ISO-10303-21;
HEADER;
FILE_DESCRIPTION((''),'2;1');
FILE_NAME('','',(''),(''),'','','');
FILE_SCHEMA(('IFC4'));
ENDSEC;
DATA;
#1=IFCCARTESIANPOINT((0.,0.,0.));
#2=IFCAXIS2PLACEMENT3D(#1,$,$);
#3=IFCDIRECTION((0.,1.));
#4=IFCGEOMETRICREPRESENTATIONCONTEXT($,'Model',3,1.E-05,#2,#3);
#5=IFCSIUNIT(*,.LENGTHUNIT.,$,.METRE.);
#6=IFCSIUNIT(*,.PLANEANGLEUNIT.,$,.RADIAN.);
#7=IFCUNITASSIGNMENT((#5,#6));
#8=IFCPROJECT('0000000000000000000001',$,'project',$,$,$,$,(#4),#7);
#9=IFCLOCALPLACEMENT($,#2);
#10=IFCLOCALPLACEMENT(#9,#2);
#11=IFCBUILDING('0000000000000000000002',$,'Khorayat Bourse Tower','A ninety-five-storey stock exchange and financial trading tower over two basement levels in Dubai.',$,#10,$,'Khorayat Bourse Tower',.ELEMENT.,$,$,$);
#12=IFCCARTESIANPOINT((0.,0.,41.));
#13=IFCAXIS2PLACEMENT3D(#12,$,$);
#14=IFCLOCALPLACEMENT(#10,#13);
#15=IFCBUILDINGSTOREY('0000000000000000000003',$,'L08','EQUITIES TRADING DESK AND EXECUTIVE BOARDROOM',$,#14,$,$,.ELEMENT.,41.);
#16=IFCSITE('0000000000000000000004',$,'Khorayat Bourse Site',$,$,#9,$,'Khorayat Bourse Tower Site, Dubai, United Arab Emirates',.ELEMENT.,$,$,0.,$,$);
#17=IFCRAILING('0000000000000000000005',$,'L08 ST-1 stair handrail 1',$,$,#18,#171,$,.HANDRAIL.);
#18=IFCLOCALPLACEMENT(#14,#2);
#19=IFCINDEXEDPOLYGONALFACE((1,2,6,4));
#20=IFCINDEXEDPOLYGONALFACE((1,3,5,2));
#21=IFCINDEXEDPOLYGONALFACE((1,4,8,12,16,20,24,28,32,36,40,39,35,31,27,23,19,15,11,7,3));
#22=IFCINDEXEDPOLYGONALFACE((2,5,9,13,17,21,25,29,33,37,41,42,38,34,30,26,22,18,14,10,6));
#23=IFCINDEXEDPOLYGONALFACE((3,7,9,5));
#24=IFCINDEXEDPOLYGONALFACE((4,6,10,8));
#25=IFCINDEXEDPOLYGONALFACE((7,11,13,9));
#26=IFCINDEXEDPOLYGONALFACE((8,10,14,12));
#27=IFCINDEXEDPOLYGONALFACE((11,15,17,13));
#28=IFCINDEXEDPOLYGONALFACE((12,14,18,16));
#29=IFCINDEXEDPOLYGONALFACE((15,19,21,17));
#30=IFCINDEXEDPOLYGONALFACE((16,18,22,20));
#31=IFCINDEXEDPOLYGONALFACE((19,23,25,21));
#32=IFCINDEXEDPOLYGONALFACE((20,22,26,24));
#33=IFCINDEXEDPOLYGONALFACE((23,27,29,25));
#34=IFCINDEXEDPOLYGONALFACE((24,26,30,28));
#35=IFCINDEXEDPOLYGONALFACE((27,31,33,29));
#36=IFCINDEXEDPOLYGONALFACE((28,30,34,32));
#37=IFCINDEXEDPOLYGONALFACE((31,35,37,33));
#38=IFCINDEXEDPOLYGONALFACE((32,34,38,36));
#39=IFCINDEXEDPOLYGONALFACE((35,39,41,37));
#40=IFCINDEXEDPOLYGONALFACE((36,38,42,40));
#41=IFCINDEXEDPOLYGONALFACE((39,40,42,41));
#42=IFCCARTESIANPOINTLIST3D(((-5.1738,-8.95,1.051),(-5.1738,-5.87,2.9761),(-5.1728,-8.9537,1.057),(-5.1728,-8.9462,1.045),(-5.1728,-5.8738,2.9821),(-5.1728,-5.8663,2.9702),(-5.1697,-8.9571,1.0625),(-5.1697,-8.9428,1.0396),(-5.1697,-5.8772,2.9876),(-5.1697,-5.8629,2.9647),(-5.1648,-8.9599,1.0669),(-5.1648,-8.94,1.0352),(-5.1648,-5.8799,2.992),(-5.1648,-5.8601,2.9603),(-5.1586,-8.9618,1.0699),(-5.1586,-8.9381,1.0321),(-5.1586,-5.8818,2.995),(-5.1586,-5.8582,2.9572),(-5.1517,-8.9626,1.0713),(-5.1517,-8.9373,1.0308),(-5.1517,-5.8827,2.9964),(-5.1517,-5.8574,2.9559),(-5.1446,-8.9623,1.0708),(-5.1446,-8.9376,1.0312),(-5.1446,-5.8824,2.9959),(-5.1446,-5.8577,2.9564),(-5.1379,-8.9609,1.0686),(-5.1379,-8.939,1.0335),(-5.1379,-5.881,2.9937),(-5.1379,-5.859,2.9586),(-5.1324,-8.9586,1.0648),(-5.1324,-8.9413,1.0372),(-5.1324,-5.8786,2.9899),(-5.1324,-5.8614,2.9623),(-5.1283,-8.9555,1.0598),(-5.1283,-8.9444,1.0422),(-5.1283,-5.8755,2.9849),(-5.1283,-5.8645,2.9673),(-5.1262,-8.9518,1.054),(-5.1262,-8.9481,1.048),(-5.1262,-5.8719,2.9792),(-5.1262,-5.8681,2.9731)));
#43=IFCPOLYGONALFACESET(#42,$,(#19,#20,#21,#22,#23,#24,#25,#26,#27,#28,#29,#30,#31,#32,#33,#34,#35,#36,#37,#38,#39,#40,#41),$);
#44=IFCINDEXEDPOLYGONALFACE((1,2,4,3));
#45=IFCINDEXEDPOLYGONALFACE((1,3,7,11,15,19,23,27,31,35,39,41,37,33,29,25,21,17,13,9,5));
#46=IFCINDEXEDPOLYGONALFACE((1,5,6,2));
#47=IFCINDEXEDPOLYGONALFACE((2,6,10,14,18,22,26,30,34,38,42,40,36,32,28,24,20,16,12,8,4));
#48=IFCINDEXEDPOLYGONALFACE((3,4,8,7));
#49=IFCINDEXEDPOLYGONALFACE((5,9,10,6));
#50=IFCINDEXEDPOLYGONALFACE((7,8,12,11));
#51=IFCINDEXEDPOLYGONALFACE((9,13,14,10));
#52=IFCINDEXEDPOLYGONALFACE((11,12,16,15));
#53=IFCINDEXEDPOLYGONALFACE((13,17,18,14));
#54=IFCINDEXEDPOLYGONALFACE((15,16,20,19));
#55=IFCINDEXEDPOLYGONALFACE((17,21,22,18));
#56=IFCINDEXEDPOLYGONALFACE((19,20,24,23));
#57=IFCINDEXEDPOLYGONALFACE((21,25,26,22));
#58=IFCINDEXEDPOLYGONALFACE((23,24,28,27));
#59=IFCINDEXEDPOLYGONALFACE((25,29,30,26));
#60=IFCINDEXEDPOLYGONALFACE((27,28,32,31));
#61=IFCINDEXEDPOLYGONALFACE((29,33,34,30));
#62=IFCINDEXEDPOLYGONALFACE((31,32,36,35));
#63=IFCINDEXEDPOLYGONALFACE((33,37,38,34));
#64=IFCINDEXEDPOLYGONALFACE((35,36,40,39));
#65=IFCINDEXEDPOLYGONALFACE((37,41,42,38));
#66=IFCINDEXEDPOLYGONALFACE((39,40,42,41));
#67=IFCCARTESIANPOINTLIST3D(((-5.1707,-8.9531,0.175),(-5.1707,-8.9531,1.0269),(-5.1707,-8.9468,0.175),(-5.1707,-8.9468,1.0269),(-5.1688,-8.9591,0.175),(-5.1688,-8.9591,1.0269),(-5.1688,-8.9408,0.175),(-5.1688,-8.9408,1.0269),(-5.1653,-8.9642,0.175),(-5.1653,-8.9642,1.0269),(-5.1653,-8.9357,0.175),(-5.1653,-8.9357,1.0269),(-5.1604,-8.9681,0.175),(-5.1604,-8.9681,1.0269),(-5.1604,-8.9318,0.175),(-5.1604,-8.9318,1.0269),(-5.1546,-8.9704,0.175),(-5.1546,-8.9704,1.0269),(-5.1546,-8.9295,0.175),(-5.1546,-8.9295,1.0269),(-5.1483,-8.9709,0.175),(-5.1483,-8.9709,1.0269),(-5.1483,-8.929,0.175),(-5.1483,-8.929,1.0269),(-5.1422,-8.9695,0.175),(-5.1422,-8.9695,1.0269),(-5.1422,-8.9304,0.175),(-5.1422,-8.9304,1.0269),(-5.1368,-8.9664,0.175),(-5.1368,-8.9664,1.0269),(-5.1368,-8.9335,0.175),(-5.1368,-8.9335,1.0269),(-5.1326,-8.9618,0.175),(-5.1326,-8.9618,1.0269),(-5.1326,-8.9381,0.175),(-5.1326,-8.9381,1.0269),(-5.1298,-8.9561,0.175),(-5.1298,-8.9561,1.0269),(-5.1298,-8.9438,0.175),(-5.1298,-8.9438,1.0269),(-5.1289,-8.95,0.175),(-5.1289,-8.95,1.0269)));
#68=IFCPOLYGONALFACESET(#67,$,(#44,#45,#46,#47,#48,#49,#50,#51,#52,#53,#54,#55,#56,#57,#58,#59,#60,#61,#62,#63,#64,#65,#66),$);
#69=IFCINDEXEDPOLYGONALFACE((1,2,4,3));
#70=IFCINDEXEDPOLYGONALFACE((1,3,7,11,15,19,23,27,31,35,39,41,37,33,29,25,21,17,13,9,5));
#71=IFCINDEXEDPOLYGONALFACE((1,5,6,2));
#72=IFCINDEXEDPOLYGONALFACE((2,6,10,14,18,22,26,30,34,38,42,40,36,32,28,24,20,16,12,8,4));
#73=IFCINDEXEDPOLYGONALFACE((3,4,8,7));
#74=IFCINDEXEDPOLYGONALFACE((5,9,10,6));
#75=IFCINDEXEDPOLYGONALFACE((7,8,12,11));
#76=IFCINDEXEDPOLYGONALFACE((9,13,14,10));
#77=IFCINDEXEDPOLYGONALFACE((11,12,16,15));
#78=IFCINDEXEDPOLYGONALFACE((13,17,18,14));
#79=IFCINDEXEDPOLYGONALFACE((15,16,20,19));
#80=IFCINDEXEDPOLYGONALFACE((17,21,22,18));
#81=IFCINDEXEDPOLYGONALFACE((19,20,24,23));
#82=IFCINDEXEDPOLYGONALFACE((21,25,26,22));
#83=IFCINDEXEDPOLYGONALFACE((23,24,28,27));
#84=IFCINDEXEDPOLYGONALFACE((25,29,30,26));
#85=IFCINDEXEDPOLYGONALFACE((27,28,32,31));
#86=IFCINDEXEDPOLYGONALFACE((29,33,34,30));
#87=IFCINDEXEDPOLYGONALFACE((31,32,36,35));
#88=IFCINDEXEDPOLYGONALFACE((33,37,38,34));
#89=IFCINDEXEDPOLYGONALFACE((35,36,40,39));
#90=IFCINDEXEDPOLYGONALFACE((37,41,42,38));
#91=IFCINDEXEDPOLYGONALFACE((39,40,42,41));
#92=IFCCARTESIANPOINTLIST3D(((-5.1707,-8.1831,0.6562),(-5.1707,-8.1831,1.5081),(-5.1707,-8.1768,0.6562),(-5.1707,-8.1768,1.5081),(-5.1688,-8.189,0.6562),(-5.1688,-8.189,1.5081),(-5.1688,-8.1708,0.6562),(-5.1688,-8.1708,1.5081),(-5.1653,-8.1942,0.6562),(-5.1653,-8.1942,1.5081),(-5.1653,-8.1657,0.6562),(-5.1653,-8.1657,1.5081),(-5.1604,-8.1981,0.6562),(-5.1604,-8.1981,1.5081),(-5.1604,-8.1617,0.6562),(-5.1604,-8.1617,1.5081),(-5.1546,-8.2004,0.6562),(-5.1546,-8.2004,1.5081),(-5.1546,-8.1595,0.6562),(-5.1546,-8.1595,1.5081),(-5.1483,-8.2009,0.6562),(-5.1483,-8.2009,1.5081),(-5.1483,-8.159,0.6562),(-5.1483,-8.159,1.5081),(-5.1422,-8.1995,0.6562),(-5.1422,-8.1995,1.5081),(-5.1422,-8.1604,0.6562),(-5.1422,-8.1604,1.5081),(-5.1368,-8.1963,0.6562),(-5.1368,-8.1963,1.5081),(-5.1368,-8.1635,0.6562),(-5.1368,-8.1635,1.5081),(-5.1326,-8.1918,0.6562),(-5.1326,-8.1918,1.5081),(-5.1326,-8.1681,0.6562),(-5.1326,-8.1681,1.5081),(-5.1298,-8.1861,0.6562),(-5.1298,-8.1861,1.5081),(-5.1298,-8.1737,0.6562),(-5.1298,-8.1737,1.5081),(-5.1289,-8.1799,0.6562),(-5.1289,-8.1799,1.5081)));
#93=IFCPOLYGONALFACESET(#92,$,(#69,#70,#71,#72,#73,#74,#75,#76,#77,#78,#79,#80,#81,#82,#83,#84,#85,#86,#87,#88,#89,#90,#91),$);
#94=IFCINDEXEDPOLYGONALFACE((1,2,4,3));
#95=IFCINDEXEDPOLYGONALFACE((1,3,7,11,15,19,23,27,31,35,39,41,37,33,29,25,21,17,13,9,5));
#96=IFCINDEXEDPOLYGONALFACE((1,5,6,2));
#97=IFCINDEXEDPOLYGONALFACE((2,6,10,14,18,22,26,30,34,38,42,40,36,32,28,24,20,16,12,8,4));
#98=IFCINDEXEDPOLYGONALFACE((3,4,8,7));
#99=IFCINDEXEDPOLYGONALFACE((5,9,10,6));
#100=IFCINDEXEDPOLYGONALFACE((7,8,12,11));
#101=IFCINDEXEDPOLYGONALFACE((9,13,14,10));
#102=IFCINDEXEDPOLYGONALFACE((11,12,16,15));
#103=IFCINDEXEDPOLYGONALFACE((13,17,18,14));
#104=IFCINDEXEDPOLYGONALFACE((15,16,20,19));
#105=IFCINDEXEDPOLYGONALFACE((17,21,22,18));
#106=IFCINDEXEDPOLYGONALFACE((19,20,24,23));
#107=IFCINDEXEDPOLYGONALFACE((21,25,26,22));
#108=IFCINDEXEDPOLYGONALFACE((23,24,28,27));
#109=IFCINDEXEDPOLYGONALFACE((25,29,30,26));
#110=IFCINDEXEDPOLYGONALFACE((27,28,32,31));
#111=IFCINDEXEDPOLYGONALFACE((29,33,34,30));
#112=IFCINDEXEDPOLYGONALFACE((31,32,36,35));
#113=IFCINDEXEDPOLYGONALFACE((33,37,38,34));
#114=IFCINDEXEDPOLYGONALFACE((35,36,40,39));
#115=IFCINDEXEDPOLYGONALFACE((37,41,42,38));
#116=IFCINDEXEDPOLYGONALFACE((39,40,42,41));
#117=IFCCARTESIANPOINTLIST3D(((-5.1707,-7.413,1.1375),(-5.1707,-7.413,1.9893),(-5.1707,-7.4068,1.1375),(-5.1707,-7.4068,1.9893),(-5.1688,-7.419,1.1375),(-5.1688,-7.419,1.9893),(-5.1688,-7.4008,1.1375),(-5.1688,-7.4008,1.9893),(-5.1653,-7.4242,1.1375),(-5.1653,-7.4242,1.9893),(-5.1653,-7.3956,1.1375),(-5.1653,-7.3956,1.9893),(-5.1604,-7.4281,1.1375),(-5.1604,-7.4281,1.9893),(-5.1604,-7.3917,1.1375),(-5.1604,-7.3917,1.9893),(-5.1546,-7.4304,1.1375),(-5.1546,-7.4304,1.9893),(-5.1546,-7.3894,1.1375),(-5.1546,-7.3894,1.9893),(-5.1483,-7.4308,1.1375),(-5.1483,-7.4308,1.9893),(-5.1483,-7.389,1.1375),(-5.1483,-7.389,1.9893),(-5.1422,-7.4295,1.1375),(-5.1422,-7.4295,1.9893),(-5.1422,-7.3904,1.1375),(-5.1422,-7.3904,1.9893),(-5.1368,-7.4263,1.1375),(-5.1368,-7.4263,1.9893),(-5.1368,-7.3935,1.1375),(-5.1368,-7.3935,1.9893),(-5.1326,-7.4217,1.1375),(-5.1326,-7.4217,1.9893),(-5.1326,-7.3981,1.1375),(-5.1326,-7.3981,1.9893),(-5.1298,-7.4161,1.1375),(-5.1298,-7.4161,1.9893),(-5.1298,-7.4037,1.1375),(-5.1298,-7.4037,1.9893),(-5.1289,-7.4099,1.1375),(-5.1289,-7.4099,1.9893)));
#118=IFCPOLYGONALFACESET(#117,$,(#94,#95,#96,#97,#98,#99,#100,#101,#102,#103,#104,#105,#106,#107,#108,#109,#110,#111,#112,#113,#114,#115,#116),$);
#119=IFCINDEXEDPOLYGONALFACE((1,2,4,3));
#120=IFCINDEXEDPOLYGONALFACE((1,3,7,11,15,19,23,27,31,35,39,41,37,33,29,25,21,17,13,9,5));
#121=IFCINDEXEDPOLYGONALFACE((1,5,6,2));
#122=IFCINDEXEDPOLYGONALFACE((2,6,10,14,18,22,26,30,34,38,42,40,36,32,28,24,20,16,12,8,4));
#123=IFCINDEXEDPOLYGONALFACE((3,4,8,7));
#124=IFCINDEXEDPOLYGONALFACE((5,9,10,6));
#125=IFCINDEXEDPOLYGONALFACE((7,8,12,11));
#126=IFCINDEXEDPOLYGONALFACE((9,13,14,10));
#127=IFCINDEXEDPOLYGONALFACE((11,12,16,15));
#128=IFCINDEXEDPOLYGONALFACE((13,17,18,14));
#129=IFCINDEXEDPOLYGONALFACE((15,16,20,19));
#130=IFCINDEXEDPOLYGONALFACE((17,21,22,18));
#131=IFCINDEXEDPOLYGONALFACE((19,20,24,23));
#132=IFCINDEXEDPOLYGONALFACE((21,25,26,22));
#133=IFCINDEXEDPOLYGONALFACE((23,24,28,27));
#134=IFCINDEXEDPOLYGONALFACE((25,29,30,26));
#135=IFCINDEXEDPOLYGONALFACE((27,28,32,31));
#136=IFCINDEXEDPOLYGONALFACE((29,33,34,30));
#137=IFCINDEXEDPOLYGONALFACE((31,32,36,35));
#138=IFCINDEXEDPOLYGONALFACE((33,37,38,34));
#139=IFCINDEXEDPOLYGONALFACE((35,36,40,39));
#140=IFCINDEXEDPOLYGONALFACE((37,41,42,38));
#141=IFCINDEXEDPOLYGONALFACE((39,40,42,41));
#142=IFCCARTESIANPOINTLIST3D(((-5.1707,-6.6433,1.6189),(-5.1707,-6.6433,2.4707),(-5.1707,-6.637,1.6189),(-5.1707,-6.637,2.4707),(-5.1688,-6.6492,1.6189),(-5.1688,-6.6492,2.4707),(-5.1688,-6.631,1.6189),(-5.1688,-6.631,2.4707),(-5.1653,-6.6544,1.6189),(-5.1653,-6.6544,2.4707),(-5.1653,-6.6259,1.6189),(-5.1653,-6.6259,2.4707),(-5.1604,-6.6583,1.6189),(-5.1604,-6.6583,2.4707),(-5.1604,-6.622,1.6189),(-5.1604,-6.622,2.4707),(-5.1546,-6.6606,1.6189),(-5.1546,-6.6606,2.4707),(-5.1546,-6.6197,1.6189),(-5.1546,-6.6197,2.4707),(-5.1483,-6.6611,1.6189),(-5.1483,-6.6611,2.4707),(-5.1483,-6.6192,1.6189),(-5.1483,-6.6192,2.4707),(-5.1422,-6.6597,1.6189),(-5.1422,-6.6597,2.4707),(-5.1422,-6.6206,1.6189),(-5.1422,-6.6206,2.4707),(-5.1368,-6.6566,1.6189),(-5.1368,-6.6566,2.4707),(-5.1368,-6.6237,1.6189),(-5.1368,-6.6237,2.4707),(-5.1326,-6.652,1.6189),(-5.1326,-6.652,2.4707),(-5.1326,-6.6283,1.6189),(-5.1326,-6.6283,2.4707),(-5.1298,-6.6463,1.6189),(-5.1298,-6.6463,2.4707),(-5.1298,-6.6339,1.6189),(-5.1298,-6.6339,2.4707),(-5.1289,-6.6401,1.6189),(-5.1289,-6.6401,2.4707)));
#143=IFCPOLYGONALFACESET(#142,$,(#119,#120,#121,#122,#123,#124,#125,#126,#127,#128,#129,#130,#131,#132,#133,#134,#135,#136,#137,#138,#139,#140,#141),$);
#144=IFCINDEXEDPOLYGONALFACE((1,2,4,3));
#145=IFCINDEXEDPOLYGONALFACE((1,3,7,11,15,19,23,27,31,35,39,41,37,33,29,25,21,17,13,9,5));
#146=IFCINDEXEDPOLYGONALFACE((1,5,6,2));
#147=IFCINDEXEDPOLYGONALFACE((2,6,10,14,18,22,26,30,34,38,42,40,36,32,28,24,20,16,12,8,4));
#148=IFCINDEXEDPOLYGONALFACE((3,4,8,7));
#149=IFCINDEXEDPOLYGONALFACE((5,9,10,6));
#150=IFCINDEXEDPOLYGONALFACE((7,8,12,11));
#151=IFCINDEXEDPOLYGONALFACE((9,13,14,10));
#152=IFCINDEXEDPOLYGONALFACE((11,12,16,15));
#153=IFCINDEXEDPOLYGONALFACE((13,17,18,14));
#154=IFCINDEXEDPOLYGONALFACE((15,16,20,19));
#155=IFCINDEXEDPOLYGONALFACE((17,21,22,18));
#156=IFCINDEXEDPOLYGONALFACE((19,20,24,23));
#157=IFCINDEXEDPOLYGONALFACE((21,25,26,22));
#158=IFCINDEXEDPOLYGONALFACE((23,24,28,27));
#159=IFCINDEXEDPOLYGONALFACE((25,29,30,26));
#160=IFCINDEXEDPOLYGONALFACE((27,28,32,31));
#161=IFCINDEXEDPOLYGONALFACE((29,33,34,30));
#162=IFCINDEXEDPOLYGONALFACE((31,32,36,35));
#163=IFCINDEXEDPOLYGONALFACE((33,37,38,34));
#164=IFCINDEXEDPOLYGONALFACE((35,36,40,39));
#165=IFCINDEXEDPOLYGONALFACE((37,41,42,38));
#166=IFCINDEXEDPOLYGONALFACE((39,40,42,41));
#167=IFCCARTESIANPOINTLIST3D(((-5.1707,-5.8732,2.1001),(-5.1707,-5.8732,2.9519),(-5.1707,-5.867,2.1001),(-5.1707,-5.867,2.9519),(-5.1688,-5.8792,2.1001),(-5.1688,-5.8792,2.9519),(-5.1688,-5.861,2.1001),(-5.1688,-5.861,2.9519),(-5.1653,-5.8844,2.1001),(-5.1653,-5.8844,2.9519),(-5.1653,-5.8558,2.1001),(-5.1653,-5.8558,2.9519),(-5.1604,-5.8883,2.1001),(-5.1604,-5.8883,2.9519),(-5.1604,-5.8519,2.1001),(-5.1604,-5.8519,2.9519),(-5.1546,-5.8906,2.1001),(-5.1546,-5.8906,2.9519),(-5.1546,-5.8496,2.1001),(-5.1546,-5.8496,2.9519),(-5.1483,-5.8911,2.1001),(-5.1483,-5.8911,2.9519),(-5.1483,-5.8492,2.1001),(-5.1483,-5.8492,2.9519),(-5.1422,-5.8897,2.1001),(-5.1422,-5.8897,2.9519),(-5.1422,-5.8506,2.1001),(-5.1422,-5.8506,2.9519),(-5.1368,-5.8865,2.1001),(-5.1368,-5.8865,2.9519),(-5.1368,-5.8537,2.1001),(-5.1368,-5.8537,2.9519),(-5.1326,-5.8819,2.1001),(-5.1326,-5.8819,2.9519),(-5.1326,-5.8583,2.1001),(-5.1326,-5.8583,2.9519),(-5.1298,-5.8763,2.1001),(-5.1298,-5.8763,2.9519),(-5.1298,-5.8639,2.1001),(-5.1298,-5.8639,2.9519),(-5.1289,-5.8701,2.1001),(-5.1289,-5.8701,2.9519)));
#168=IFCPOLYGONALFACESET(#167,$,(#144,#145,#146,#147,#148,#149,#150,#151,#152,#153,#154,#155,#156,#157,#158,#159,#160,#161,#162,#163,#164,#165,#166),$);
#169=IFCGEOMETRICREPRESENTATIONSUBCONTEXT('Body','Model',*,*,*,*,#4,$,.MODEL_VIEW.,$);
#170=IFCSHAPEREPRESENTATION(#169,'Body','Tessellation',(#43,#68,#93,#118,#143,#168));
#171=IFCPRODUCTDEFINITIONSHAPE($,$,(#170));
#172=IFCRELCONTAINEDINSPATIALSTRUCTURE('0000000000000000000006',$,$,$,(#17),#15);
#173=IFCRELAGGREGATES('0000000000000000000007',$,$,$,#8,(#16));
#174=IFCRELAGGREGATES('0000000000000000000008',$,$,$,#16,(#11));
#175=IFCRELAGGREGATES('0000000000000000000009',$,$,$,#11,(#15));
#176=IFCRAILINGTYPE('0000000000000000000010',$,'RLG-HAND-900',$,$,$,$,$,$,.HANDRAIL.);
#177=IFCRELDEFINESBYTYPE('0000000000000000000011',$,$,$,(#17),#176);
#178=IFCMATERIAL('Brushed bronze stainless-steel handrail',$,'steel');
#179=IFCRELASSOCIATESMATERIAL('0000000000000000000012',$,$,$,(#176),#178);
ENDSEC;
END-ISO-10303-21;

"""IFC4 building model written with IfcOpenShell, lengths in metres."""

from ifc_helpers import new_model, si_unit, direction, frame, origin, origin_2d, place, context, subcontext, project, spatial, circle, extrude, source, transform, mapped, material, type_object, element, save


model = new_model("IFC4")

# Units and contexts
model_context = context("Model", 3, precision=1e-05, world=origin(), true_north=direction((0.0, 1.0)))
body_context = subcontext(model_context, "Body", "Model", "MODEL_VIEW")
ifc_project = project(units=[si_unit("LENGTHUNIT", "METRE"), si_unit("PLANEANGLEUNIT", "RADIAN")], contexts=[model_context])

# Site, building, storey
site_placement = place(None, origin())
site = spatial("IfcSite", under=ifc_project, at=site_placement, Name="Khorayat Bourse Site", LongName="Khorayat Bourse Tower Site, Dubai, United Arab Emirates", CompositionType="ELEMENT", RefElevation=0.0)
building_placement = place(site_placement, origin())
building = spatial("IfcBuilding", under=site, at=building_placement, Name="Khorayat Bourse Tower", Description="A ninety-five-storey stock exchange and financial trading tower over two basement levels in Dubai.", LongName="Khorayat Bourse Tower", CompositionType="ELEMENT")
storey_placement = place(building_placement, frame((0.0, 0.0, 41.0)))
storey = spatial("IfcBuildingStorey", under=building, at=storey_placement, Name="L08", Description="EQUITIES TRADING DESK AND EXECUTIVE BOARDROOM", CompositionType="ELEMENT", Elevation=41.0)

# Railing
ifc_material_1 = material(Name="Brushed bronze stainless-steel handrail", Category="steel")
railing_type_1 = type_object("IfcRailingType", Name="RLG-HAND-900", PredefinedType="HANDRAIL", material=ifc_material_1)
shared_shape_1 = source(origin(), body_context, "Body", "SweptSolid", [
    extrude(circle(Radius=0.0239, at=origin_2d()), frame((0.0, 0.0, 0.876), z_axis=(0.0, 0.847979, 0.530029), x_axis=(-1.0, 0.0, 0.0)), (0.0, 0.0, 1.0), 3.6321),
    extrude(circle(Radius=0.021, at=origin_2d()), origin(), (0.0, 0.0, 1.0), 0.8518),
    extrude(circle(Radius=0.021, at=origin_2d()), frame((0.0, 0.77, 0.4812)), (0.0, 0.0, 1.0), 0.8518),
    extrude(circle(Radius=0.021, at=origin_2d()), frame((0.0, 1.54, 0.9624)), (0.0, 0.0, 1.0), 0.8518),
    extrude(circle(Radius=0.021, at=origin_2d()), frame((0.0, 2.3098, 1.4438)), (0.0, 0.0, 1.0), 0.8518),
    extrude(circle(Radius=0.021, at=origin_2d()), frame((0.0, 3.0798, 1.925)), (0.0, 0.0, 1.0), 0.8518),
])
railing_1_placement = place(storey_placement, frame((-5.1499, -8.95, 0.175)))
element("IfcRailing", 1, at=railing_1_placement, inside=storey, type_object=railing_type_1, Name="L08 ST-1 stair handrail 1", PredefinedType="HANDRAIL", context=body_context, shape_type="MappedRepresentation", body=[
    mapped(shared_shape_1, transform((0.0, 0.0, 0.0), scale=1.0)),
])

save(model, "model.ifc")
